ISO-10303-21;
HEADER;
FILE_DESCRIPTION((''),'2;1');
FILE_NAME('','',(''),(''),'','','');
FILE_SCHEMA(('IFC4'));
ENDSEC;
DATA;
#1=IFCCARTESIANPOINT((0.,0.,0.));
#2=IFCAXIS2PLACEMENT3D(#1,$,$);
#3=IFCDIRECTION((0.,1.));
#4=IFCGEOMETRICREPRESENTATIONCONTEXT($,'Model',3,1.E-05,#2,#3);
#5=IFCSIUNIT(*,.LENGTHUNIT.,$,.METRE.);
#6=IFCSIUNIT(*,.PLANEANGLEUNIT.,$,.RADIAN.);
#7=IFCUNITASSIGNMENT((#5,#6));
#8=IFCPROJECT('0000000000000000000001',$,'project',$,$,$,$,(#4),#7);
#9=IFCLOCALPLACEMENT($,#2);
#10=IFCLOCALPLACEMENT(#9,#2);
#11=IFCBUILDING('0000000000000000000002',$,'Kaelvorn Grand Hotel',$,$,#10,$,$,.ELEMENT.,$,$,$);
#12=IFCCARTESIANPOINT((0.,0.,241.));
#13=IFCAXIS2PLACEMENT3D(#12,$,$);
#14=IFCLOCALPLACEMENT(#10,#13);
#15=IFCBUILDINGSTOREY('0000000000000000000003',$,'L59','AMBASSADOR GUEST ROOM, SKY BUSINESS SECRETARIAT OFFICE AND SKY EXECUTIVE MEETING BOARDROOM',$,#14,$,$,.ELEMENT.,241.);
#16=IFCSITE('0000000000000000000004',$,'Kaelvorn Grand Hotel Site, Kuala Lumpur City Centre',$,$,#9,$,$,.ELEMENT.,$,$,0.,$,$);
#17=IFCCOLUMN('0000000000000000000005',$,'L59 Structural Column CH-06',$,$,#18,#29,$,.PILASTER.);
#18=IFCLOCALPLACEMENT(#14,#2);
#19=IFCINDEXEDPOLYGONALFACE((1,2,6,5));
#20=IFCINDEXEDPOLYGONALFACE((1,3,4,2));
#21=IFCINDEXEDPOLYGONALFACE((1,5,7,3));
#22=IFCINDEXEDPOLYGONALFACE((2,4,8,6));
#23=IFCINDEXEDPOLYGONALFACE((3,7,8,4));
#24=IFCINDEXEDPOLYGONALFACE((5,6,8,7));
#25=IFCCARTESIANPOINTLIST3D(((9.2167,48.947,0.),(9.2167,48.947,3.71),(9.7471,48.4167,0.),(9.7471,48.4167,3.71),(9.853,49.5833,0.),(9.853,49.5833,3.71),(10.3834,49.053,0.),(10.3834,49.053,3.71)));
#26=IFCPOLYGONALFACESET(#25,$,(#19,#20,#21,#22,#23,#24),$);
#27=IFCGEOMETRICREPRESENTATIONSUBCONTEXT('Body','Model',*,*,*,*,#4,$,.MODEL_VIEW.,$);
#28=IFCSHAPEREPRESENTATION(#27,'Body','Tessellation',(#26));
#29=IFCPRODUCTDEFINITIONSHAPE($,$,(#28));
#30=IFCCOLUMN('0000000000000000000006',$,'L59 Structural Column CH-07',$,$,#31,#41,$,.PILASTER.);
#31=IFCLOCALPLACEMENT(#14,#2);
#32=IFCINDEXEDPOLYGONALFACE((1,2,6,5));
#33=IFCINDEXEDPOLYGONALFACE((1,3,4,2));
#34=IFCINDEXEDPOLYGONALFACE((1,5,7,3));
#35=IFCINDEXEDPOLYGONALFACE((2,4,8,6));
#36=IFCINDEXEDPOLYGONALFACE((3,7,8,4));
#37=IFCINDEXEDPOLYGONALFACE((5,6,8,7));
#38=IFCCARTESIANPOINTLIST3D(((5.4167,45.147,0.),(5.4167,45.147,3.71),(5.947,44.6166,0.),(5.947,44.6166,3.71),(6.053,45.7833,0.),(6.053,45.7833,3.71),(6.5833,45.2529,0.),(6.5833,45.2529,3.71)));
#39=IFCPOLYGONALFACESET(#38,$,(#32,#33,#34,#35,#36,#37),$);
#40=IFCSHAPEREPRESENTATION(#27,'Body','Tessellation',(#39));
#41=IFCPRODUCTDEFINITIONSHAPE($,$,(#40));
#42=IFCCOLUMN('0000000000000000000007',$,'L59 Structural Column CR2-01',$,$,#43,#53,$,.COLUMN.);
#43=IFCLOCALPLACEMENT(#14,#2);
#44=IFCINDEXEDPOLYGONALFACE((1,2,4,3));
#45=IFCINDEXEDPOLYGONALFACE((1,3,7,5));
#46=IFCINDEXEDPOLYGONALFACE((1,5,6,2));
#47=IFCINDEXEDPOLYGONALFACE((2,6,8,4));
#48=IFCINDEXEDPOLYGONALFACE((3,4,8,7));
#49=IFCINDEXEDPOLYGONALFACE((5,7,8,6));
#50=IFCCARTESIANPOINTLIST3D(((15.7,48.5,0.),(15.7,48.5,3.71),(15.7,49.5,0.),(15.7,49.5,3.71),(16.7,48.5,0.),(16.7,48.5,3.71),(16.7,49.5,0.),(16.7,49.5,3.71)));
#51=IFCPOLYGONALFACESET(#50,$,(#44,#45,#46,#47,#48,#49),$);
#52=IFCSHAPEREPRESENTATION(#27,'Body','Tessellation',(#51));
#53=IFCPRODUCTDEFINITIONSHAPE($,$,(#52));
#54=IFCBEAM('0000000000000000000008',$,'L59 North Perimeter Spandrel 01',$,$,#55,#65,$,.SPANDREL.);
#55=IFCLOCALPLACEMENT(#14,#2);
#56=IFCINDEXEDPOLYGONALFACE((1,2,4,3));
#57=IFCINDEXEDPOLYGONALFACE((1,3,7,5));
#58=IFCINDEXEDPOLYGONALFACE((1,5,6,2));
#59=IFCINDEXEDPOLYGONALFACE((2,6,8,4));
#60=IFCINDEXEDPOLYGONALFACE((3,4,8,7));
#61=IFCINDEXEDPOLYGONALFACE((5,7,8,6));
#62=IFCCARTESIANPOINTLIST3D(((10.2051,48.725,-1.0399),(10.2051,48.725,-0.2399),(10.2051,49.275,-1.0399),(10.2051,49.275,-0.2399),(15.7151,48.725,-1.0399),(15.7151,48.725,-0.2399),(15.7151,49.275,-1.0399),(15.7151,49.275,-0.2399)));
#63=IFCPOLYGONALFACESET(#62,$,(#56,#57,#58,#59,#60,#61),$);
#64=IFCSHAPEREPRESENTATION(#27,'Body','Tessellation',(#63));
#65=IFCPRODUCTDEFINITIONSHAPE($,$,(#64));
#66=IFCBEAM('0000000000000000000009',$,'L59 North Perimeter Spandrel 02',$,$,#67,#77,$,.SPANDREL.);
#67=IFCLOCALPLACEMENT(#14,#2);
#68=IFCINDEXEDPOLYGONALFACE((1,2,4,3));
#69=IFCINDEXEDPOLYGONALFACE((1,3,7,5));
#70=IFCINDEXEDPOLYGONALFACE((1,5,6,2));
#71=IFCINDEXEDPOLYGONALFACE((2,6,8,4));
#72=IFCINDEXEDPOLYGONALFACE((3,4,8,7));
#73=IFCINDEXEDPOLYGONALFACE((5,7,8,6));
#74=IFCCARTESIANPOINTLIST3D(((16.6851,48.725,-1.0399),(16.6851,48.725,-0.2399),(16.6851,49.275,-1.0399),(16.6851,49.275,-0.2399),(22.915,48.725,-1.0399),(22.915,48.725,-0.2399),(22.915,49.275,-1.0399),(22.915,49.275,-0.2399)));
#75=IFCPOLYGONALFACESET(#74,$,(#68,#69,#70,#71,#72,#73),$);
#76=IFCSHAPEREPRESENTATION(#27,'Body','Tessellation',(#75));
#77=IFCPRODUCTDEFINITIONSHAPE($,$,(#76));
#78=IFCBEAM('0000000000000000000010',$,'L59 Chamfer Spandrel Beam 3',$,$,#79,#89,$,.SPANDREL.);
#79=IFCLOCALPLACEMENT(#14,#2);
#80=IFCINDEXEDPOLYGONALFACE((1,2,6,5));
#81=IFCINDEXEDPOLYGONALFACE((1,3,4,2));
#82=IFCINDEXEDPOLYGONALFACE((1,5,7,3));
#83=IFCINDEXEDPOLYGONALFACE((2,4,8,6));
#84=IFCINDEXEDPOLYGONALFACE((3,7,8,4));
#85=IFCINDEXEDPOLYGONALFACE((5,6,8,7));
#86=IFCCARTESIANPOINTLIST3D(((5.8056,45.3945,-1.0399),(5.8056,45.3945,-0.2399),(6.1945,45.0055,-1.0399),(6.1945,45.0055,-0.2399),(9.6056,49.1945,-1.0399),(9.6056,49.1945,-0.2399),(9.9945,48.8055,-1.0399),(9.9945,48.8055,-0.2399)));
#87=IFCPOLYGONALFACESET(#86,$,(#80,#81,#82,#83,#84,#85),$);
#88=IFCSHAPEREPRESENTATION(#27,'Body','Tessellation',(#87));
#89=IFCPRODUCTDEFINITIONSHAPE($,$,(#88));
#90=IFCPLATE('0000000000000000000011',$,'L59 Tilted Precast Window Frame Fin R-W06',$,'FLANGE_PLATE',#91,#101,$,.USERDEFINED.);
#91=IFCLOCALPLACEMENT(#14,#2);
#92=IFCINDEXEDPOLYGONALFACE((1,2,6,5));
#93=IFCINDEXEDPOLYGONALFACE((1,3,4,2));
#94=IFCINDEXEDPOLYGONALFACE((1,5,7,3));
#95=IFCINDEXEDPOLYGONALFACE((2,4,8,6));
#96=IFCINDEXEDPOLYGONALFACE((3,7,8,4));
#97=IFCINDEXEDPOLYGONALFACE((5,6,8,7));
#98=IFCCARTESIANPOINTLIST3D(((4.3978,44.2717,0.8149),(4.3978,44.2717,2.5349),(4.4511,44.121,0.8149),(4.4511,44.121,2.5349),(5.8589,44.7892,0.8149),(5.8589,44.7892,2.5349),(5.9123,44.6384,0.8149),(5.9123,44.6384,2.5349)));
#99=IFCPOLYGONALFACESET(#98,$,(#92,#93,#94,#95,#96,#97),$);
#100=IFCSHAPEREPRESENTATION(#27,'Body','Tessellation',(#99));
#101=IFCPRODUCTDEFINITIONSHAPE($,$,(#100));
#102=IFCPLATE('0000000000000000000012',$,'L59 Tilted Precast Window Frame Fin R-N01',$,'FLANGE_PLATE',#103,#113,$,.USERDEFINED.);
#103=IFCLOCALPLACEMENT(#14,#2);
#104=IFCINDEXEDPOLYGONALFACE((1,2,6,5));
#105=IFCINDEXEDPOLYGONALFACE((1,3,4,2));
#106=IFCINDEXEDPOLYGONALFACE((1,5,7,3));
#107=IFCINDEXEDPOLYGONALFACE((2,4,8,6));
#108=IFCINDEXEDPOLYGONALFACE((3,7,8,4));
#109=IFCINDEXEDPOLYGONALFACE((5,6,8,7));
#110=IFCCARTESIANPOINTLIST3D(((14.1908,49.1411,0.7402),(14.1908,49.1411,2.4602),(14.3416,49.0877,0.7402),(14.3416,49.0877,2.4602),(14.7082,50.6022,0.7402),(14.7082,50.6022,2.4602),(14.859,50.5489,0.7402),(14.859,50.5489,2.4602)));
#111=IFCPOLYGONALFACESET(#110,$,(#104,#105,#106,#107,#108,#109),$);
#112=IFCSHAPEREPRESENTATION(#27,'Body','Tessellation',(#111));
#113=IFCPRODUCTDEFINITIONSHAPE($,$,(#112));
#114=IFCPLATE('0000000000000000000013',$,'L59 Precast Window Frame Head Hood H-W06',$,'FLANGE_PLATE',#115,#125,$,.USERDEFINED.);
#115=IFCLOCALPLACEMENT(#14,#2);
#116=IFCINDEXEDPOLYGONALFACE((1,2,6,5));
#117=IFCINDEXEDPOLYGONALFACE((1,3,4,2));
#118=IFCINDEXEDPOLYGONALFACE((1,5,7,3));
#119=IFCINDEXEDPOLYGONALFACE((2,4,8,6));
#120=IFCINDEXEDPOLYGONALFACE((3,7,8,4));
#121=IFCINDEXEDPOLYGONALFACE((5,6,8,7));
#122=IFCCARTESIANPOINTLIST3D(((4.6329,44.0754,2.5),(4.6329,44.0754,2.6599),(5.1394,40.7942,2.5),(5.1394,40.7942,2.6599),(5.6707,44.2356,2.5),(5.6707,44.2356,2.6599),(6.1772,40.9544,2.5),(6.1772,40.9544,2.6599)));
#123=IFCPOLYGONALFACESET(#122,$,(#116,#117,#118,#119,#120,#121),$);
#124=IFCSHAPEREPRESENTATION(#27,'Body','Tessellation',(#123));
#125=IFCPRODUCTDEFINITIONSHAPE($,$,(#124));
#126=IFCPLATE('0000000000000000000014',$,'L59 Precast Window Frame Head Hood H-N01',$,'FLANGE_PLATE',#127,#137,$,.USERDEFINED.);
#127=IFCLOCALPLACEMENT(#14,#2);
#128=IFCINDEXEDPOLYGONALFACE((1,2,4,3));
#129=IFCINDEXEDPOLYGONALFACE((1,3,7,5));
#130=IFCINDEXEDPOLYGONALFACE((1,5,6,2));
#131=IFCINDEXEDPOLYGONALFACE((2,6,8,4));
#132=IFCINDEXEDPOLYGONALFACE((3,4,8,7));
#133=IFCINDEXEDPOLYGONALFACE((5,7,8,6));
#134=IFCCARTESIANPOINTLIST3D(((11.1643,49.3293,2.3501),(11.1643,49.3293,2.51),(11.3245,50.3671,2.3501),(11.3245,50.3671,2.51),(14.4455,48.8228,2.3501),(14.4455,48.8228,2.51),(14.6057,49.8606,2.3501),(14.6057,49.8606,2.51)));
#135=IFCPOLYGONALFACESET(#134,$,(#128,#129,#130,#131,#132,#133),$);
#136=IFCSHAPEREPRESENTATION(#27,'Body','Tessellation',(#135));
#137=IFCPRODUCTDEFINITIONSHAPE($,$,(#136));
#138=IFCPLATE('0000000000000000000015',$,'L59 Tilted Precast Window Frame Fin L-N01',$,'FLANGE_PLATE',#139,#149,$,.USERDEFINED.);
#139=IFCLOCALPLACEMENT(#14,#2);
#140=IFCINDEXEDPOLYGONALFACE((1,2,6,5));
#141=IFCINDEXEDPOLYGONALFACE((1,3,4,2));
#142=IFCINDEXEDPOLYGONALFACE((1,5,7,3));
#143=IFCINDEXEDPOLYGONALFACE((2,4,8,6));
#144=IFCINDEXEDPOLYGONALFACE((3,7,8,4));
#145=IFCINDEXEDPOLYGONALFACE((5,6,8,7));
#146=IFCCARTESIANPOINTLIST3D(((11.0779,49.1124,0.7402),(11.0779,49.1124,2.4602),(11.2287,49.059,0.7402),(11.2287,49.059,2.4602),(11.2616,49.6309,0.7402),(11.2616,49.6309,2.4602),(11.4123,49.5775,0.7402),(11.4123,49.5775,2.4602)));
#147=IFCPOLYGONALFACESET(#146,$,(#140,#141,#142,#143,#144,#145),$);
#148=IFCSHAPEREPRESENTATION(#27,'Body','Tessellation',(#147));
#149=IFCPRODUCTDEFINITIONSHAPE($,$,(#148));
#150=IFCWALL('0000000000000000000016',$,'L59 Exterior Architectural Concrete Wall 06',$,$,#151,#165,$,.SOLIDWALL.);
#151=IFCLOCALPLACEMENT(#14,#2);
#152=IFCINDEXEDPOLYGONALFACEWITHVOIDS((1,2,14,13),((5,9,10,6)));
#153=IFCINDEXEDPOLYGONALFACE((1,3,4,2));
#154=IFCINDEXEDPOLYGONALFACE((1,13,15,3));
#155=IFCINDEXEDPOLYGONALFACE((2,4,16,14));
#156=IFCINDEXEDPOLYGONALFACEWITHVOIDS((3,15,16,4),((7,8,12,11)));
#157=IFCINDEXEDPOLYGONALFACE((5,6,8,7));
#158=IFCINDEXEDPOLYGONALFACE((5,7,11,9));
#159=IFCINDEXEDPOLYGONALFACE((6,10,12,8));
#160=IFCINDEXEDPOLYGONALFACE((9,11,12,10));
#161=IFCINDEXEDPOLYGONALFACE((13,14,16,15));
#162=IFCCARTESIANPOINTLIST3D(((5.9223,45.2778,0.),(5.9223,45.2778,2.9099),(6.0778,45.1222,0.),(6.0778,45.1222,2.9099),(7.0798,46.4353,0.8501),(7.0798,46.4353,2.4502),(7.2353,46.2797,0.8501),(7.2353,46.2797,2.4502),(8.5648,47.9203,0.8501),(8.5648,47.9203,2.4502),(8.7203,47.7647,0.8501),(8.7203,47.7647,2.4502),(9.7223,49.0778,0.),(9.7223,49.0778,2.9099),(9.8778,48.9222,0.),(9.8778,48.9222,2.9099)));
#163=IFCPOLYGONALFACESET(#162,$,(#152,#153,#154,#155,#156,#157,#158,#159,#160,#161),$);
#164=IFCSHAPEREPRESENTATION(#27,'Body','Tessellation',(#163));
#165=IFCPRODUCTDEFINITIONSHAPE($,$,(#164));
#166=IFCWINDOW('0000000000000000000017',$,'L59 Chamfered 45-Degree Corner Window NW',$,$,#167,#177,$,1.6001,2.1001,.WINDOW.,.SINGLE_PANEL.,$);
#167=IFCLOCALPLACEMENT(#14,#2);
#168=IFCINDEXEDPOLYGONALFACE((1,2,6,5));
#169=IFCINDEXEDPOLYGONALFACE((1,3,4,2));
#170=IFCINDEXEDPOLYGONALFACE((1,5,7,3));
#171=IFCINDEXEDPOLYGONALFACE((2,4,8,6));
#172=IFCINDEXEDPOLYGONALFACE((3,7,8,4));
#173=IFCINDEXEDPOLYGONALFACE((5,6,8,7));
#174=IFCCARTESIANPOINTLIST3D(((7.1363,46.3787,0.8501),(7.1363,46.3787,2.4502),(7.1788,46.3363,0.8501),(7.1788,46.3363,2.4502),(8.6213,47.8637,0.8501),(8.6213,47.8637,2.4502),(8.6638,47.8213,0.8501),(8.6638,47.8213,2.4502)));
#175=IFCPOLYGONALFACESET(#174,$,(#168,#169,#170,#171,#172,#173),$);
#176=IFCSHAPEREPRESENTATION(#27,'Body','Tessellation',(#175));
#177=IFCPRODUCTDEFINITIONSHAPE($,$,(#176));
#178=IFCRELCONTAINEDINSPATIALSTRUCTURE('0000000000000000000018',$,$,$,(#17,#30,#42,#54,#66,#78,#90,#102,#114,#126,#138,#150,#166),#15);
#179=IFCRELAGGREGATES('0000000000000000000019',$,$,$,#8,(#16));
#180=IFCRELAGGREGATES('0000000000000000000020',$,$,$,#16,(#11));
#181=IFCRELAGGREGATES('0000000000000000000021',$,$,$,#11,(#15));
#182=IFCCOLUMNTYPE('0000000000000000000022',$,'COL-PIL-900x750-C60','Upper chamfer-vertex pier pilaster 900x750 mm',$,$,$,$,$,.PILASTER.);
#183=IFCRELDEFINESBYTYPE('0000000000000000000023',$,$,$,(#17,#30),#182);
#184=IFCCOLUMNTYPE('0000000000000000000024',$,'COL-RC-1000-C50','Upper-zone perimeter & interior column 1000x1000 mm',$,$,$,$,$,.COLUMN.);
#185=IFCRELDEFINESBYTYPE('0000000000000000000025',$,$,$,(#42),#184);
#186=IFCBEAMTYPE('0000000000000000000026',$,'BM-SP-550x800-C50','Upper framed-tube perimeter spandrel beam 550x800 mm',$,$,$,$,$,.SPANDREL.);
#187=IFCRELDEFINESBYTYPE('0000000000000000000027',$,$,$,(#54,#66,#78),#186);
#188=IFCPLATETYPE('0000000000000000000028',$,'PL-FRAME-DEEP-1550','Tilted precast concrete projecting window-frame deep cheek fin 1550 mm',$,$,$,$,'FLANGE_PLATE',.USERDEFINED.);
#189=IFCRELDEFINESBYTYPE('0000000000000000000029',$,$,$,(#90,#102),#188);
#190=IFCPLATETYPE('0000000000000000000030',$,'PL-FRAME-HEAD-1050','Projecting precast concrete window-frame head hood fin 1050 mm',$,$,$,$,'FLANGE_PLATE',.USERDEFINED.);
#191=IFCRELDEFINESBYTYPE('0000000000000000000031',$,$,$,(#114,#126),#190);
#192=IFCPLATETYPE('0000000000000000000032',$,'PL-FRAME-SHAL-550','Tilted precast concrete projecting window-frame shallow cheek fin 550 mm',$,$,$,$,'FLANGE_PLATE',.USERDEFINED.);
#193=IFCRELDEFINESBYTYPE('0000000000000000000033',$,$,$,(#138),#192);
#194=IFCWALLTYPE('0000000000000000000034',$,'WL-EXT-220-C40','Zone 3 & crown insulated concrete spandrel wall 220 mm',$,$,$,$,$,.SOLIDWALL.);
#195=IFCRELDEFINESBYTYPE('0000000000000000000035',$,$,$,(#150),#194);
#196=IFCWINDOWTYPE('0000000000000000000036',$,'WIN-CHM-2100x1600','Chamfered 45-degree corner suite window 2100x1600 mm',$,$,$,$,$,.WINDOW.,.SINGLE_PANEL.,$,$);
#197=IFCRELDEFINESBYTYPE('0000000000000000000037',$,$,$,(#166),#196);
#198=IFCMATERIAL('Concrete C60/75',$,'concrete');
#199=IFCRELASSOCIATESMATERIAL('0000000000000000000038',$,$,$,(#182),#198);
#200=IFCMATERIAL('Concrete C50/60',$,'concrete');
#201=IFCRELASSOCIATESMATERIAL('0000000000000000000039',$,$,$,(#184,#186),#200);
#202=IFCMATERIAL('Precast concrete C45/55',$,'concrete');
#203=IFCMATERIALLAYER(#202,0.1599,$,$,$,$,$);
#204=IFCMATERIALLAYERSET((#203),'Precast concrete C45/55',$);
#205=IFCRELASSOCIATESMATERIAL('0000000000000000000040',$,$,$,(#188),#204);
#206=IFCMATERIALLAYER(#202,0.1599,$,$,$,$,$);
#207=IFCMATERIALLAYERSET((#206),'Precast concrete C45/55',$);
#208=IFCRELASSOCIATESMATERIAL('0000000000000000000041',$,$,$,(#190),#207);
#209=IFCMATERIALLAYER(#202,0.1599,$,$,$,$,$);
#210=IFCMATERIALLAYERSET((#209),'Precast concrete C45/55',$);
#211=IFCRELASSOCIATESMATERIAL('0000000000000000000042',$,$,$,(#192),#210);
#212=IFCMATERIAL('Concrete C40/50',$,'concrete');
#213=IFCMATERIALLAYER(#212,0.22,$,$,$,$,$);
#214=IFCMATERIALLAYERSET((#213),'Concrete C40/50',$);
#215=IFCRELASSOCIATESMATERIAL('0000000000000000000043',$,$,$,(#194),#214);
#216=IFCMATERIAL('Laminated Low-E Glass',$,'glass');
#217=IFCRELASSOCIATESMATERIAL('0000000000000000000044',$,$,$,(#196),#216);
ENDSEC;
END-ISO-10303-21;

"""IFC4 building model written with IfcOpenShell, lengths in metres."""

from ifc_helpers import new_model, si_unit, direction, frame, frame_2d, origin, origin_2d, place, context, subcontext, project, spatial, rectangle, extrude, material, layer, layer_set, material_profile, profile_set, type_object, element, fill, save


model = new_model("IFC4")

# Units and contexts
model_context = context("Model", 3, precision=1e-05, world=origin(), true_north=direction((0.0, 1.0)))
body_context = subcontext(model_context, "Body", "Model", "MODEL_VIEW")
ifc_project = project(units=[si_unit("LENGTHUNIT", "METRE"), si_unit("PLANEANGLEUNIT", "RADIAN")], contexts=[model_context])

# Site, building, storey
site_placement = place(None, origin())
site = spatial("IfcSite", under=ifc_project, at=site_placement, Name="Kaelvorn Grand Hotel Site, Kuala Lumpur City Centre", CompositionType="ELEMENT", RefElevation=0.0)
building_placement = place(site_placement, origin())
building = spatial("IfcBuilding", under=site, at=building_placement, Name="Kaelvorn Grand Hotel", CompositionType="ELEMENT")
storey_placement = place(building_placement, frame((0.0, 0.0, 241.0)))
storey = spatial("IfcBuildingStorey", under=building, at=storey_placement, Name="L59", Description="AMBASSADOR GUEST ROOM, SKY BUSINESS SECRETARIAT OFFICE AND SKY EXECUTIVE MEETING BOARDROOM", CompositionType="ELEMENT", Elevation=241.0)

# Columns
ifc_material_1 = material(Name="Concrete C60/75", Category="concrete")
ifc_material_profile_1 = material_profile(ifc_material_1, rectangle(XDim=0.8999, YDim=0.75, at=origin_2d()), Name="RC PILASTER 900x750")
ifc_profile_set_1 = profile_set([ifc_material_profile_1], Name="Concrete C60/75")
column_type_1 = type_object("IfcColumnType", Name="COL-PIL-900x750-C60", Description="Upper chamfer-vertex pier pilaster 900x750 mm", PredefinedType="PILASTER", material=ifc_profile_set_1)
for number, where, z_axis, x_axis, name in (
    (1, (9.8, 49.0, 0.0), (0.0, 0.0, 1.0), (0.707107, 0.707107, 0.0), "L59 Structural Column CH-06"),
    (2, (6.0, 45.2, 0.0), (0.0, 0.0, 1.0), (0.707107, 0.707107, 0.0), "L59 Structural Column CH-07"),
):
    element("IfcColumn", number, at=place(storey_placement, frame(where, z_axis=z_axis, x_axis=x_axis)), inside=storey, type_object=column_type_1, Name=name, PredefinedType="PILASTER", context=body_context, shape_type="SweptSolid", body=[
        extrude(rectangle(XDim=0.8999, YDim=0.75, at=origin_2d()), origin(), (0.0, 0.0, 1.0), 3.71),
    ])
ifc_material_2 = material(Name="Concrete C50/60", Category="concrete")
ifc_material_profile_2 = material_profile(ifc_material_2, rectangle(XDim=1.0, YDim=1.0, at=origin_2d()), Name="RC COL 1000x1000")
ifc_profile_set_2 = profile_set([ifc_material_profile_2], Name="Concrete C50/60")
column_type_2 = type_object("IfcColumnType", Name="COL-RC-1000-C50", Description="Upper-zone perimeter & interior column 1000x1000 mm", PredefinedType="COLUMN", material=ifc_profile_set_2)
column_placement = place(storey_placement, frame((16.2, 49.0, 0.0), z_axis=(0.0, 0.0, 1.0), x_axis=(1.0, 0.0, 0.0)))
element("IfcColumn", 3, at=column_placement, inside=storey, type_object=column_type_2, Name="L59 Structural Column CR2-01", PredefinedType="COLUMN", context=body_context, shape_type="SweptSolid", body=[
    extrude(rectangle(XDim=1.0, YDim=1.0, at=origin_2d()), origin(), (0.0, 0.0, 1.0), 3.71),
])

# Beams
ifc_material_profile_3 = material_profile(ifc_material_2, rectangle(XDim=0.55, YDim=0.8, at=origin_2d()), Name="RC SPANDREL 550x800")
ifc_profile_set_3 = profile_set([ifc_material_profile_3], Name="Concrete C50/60")
beam_type = type_object("IfcBeamType", Name="BM-SP-550x800-C50", Description="Upper framed-tube perimeter spandrel beam 550x800 mm", PredefinedType="SPANDREL", material=ifc_profile_set_3)
beam_1_placement = place(storey_placement, frame((10.2051, 49.0, -0.6399), z_axis=(1.0, 0.0, 0.0), x_axis=(0.0, 1.0, 0.0)))
element("IfcBeam", 4, at=beam_1_placement, inside=storey, type_object=beam_type, Name="L59 North Perimeter Spandrel 01", PredefinedType="SPANDREL", context=body_context, shape_type="SweptSolid", body=[
    extrude(rectangle(XDim=0.55, YDim=0.8, at=origin_2d()), origin(), (0.0, 0.0, 1.0), 5.51),
])
beam_2_placement = place(storey_placement, frame((16.6851, 49.0, -0.6399), z_axis=(1.0, 0.0, 0.0), x_axis=(0.0, 1.0, 0.0)))
element("IfcBeam", 5, at=beam_2_placement, inside=storey, type_object=beam_type, Name="L59 North Perimeter Spandrel 02", PredefinedType="SPANDREL", context=body_context, shape_type="SweptSolid", body=[
    extrude(rectangle(XDim=0.55, YDim=0.8, at=origin_2d()), origin(), (0.0, 0.0, 1.0), 6.23),
])
beam_3_placement = place(storey_placement, frame((9.8, 49.0, -0.6399), z_axis=(-0.707107, -0.707107, 0.0), x_axis=(0.707107, -0.707107, 0.0)))
element("IfcBeam", 6, at=beam_3_placement, inside=storey, type_object=beam_type, Name="L59 Chamfer Spandrel Beam 3", PredefinedType="SPANDREL", context=body_context, shape_type="SweptSolid", body=[
    extrude(rectangle(XDim=0.55, YDim=0.8, at=origin_2d()), origin(), (0.0, 0.0, 1.0), 5.374),
])

# Plates
ifc_material_3 = material(Name="Precast concrete C45/55", Category="concrete")
ifc_layer_1 = layer(ifc_material_3, 0.1599)
ifc_layer_set_1 = layer_set([ifc_layer_1], Name="Precast concrete C45/55")
plate_type_1 = type_object("IfcPlateType", Name="PL-FRAME-DEEP-1550", Description="Tilted precast concrete projecting window-frame deep cheek fin 1550 mm", ElementType="FLANGE_PLATE", PredefinedType="USERDEFINED", material=ifc_layer_set_1)
for number, where, z_axis, x_axis, name in (
    (7, (5.155, 44.4551, 0.8149), (0.0, 0.0, 1.0), (-0.333807, 0.942641, 0.0), "L59 Tilted Precast Window Frame Fin R-W06"),
    (8, (14.5249, 49.845, 0.7402), (0.0, 0.0, 1.0), (0.942641, -0.333807, 0.0), "L59 Tilted Precast Window Frame Fin R-N01"),
):
    element("IfcPlate", number, at=place(storey_placement, frame(where, z_axis=z_axis, x_axis=x_axis)), inside=storey, type_object=plate_type_1, Name=name, ObjectType="FLANGE_PLATE", PredefinedType="USERDEFINED", context=body_context, shape_type="SweptSolid", body=[
        extrude(rectangle(XDim=0.1599, YDim=1.55, at=origin_2d()), origin(), (0.0, 0.0, 1.0), 1.72),
    ])
ifc_layer_2 = layer(ifc_material_3, 0.1599)
ifc_layer_set_2 = layer_set([ifc_layer_2], Name="Precast concrete C45/55")
plate_type_2 = type_object("IfcPlateType", Name="PL-FRAME-HEAD-1050", Description="Projecting precast concrete window-frame head hood fin 1050 mm", ElementType="FLANGE_PLATE", PredefinedType="USERDEFINED", material=ifc_layer_set_2)
for number, where, z_axis, x_axis, name in (
    (9, (5.405, 42.5149, 2.5), (0.0, 0.0, 1.0), (-0.152555, 0.988295, 0.0), "L59 Precast Window Frame Head Hood H-W06"),
    (10, (12.885, 49.595, 2.3501), (0.0, 0.0, 1.0), (0.988295, -0.152555, 0.0), "L59 Precast Window Frame Head Hood H-N01"),
):
    element("IfcPlate", number, at=place(storey_placement, frame(where, z_axis=z_axis, x_axis=x_axis)), inside=storey, type_object=plate_type_2, Name=name, ObjectType="FLANGE_PLATE", PredefinedType="USERDEFINED", context=body_context, shape_type="SweptSolid", body=[
        extrude(rectangle(XDim=3.3201, YDim=1.05, at=origin_2d()), origin(), (0.0, 0.0, 1.0), 0.1599),
    ])
ifc_layer_3 = layer(ifc_material_3, 0.1599)
ifc_layer_set_3 = layer_set([ifc_layer_3], Name="Precast concrete C45/55")
plate_type_3 = type_object("IfcPlateType", Name="PL-FRAME-SHAL-550", Description="Tilted precast concrete projecting window-frame shallow cheek fin 550 mm", ElementType="FLANGE_PLATE", PredefinedType="USERDEFINED", material=ifc_layer_set_3)
plate_placement = place(storey_placement, frame((11.2451, 49.345, 0.7402), z_axis=(0.0, 0.0, 1.0), x_axis=(0.942641, -0.333807, 0.0)))
element("IfcPlate", 11, at=plate_placement, inside=storey, type_object=plate_type_3, Name="L59 Tilted Precast Window Frame Fin L-N01", ObjectType="FLANGE_PLATE", PredefinedType="USERDEFINED", context=body_context, shape_type="SweptSolid", body=[
    extrude(rectangle(XDim=0.1599, YDim=0.55, at=origin_2d()), origin(), (0.0, 0.0, 1.0), 1.72),
])

# Wall, opening, window
ifc_material_4 = material(Name="Concrete C40/50", Category="concrete")
ifc_layer_4 = layer(ifc_material_4, 0.22)
ifc_layer_set_4 = layer_set([ifc_layer_4], Name="Concrete C40/50")
wall_type_1 = type_object("IfcWallType", Name="WL-EXT-220-C40", Description="Zone 3 & crown insulated concrete spandrel wall 220 mm", PredefinedType="SOLIDWALL", material=ifc_layer_set_4)
wall_1_placement = place(storey_placement, frame((9.8, 49.0, 0.0), z_axis=(0.0, 0.0, 1.0), x_axis=(-0.707107, -0.707107, 0.0)))
wall_1 = element("IfcWall", 12, at=wall_1_placement, inside=storey, type_object=wall_type_1, Name="L59 Exterior Architectural Concrete Wall 06", PredefinedType="SOLIDWALL", context=body_context, shape_type="SweptSolid", body=[
    extrude(rectangle(XDim=5.374, YDim=0.22, at=frame_2d((2.687, 0.0))), origin(), (0.0, 0.0, 1.0), 2.9099),
])
opening_1_placement = place(wall_1_placement, frame((1.637, 0.0, 0.8501)))
opening_1 = element("IfcOpeningElement", 13, at=opening_1_placement, cuts=wall_1, PredefinedType="OPENING", context=body_context, shape_type="SweptSolid", body=[
    extrude(rectangle(XDim=2.1001, YDim=1.6001, at=frame_2d((1.05, 0.8))), frame((0.0, 0.1201, 0.0), z_axis=(0.0, -1.0, 0.0), x_axis=(1.0, 0.0, 0.0)), (0.0, 0.0, 1.0), 0.24),
])
ifc_material_5 = material(Name="Laminated Low-E Glass", Category="glass")
window_type_1 = type_object("IfcWindowType", Name="WIN-CHM-2100x1600", Description="Chamfered 45-degree corner suite window 2100x1600 mm", PartitioningType="SINGLE_PANEL", PredefinedType="WINDOW", material=ifc_material_5)
window_1_placement = place(opening_1_placement, origin())
window_1 = element("IfcWindow", 14, at=window_1_placement, inside=storey, type_object=window_type_1, Name="L59 Chamfered 45-Degree Corner Window NW", OverallHeight=1.6001, OverallWidth=2.1001, PartitioningType="SINGLE_PANEL", PredefinedType="WINDOW", context=body_context, shape_type="SweptSolid", body=[
    extrude(rectangle(XDim=2.1001, YDim=1.6001, at=frame_2d((1.05, 0.8))), frame((0.0, 0.03, 0.0), z_axis=(0.0, -1.0, 0.0), x_axis=(1.0, 0.0, 0.0)), (0.0, 0.0, 1.0), 0.0601),
])
fill(opening_1, window_1)

save(model, "model.ifc")
